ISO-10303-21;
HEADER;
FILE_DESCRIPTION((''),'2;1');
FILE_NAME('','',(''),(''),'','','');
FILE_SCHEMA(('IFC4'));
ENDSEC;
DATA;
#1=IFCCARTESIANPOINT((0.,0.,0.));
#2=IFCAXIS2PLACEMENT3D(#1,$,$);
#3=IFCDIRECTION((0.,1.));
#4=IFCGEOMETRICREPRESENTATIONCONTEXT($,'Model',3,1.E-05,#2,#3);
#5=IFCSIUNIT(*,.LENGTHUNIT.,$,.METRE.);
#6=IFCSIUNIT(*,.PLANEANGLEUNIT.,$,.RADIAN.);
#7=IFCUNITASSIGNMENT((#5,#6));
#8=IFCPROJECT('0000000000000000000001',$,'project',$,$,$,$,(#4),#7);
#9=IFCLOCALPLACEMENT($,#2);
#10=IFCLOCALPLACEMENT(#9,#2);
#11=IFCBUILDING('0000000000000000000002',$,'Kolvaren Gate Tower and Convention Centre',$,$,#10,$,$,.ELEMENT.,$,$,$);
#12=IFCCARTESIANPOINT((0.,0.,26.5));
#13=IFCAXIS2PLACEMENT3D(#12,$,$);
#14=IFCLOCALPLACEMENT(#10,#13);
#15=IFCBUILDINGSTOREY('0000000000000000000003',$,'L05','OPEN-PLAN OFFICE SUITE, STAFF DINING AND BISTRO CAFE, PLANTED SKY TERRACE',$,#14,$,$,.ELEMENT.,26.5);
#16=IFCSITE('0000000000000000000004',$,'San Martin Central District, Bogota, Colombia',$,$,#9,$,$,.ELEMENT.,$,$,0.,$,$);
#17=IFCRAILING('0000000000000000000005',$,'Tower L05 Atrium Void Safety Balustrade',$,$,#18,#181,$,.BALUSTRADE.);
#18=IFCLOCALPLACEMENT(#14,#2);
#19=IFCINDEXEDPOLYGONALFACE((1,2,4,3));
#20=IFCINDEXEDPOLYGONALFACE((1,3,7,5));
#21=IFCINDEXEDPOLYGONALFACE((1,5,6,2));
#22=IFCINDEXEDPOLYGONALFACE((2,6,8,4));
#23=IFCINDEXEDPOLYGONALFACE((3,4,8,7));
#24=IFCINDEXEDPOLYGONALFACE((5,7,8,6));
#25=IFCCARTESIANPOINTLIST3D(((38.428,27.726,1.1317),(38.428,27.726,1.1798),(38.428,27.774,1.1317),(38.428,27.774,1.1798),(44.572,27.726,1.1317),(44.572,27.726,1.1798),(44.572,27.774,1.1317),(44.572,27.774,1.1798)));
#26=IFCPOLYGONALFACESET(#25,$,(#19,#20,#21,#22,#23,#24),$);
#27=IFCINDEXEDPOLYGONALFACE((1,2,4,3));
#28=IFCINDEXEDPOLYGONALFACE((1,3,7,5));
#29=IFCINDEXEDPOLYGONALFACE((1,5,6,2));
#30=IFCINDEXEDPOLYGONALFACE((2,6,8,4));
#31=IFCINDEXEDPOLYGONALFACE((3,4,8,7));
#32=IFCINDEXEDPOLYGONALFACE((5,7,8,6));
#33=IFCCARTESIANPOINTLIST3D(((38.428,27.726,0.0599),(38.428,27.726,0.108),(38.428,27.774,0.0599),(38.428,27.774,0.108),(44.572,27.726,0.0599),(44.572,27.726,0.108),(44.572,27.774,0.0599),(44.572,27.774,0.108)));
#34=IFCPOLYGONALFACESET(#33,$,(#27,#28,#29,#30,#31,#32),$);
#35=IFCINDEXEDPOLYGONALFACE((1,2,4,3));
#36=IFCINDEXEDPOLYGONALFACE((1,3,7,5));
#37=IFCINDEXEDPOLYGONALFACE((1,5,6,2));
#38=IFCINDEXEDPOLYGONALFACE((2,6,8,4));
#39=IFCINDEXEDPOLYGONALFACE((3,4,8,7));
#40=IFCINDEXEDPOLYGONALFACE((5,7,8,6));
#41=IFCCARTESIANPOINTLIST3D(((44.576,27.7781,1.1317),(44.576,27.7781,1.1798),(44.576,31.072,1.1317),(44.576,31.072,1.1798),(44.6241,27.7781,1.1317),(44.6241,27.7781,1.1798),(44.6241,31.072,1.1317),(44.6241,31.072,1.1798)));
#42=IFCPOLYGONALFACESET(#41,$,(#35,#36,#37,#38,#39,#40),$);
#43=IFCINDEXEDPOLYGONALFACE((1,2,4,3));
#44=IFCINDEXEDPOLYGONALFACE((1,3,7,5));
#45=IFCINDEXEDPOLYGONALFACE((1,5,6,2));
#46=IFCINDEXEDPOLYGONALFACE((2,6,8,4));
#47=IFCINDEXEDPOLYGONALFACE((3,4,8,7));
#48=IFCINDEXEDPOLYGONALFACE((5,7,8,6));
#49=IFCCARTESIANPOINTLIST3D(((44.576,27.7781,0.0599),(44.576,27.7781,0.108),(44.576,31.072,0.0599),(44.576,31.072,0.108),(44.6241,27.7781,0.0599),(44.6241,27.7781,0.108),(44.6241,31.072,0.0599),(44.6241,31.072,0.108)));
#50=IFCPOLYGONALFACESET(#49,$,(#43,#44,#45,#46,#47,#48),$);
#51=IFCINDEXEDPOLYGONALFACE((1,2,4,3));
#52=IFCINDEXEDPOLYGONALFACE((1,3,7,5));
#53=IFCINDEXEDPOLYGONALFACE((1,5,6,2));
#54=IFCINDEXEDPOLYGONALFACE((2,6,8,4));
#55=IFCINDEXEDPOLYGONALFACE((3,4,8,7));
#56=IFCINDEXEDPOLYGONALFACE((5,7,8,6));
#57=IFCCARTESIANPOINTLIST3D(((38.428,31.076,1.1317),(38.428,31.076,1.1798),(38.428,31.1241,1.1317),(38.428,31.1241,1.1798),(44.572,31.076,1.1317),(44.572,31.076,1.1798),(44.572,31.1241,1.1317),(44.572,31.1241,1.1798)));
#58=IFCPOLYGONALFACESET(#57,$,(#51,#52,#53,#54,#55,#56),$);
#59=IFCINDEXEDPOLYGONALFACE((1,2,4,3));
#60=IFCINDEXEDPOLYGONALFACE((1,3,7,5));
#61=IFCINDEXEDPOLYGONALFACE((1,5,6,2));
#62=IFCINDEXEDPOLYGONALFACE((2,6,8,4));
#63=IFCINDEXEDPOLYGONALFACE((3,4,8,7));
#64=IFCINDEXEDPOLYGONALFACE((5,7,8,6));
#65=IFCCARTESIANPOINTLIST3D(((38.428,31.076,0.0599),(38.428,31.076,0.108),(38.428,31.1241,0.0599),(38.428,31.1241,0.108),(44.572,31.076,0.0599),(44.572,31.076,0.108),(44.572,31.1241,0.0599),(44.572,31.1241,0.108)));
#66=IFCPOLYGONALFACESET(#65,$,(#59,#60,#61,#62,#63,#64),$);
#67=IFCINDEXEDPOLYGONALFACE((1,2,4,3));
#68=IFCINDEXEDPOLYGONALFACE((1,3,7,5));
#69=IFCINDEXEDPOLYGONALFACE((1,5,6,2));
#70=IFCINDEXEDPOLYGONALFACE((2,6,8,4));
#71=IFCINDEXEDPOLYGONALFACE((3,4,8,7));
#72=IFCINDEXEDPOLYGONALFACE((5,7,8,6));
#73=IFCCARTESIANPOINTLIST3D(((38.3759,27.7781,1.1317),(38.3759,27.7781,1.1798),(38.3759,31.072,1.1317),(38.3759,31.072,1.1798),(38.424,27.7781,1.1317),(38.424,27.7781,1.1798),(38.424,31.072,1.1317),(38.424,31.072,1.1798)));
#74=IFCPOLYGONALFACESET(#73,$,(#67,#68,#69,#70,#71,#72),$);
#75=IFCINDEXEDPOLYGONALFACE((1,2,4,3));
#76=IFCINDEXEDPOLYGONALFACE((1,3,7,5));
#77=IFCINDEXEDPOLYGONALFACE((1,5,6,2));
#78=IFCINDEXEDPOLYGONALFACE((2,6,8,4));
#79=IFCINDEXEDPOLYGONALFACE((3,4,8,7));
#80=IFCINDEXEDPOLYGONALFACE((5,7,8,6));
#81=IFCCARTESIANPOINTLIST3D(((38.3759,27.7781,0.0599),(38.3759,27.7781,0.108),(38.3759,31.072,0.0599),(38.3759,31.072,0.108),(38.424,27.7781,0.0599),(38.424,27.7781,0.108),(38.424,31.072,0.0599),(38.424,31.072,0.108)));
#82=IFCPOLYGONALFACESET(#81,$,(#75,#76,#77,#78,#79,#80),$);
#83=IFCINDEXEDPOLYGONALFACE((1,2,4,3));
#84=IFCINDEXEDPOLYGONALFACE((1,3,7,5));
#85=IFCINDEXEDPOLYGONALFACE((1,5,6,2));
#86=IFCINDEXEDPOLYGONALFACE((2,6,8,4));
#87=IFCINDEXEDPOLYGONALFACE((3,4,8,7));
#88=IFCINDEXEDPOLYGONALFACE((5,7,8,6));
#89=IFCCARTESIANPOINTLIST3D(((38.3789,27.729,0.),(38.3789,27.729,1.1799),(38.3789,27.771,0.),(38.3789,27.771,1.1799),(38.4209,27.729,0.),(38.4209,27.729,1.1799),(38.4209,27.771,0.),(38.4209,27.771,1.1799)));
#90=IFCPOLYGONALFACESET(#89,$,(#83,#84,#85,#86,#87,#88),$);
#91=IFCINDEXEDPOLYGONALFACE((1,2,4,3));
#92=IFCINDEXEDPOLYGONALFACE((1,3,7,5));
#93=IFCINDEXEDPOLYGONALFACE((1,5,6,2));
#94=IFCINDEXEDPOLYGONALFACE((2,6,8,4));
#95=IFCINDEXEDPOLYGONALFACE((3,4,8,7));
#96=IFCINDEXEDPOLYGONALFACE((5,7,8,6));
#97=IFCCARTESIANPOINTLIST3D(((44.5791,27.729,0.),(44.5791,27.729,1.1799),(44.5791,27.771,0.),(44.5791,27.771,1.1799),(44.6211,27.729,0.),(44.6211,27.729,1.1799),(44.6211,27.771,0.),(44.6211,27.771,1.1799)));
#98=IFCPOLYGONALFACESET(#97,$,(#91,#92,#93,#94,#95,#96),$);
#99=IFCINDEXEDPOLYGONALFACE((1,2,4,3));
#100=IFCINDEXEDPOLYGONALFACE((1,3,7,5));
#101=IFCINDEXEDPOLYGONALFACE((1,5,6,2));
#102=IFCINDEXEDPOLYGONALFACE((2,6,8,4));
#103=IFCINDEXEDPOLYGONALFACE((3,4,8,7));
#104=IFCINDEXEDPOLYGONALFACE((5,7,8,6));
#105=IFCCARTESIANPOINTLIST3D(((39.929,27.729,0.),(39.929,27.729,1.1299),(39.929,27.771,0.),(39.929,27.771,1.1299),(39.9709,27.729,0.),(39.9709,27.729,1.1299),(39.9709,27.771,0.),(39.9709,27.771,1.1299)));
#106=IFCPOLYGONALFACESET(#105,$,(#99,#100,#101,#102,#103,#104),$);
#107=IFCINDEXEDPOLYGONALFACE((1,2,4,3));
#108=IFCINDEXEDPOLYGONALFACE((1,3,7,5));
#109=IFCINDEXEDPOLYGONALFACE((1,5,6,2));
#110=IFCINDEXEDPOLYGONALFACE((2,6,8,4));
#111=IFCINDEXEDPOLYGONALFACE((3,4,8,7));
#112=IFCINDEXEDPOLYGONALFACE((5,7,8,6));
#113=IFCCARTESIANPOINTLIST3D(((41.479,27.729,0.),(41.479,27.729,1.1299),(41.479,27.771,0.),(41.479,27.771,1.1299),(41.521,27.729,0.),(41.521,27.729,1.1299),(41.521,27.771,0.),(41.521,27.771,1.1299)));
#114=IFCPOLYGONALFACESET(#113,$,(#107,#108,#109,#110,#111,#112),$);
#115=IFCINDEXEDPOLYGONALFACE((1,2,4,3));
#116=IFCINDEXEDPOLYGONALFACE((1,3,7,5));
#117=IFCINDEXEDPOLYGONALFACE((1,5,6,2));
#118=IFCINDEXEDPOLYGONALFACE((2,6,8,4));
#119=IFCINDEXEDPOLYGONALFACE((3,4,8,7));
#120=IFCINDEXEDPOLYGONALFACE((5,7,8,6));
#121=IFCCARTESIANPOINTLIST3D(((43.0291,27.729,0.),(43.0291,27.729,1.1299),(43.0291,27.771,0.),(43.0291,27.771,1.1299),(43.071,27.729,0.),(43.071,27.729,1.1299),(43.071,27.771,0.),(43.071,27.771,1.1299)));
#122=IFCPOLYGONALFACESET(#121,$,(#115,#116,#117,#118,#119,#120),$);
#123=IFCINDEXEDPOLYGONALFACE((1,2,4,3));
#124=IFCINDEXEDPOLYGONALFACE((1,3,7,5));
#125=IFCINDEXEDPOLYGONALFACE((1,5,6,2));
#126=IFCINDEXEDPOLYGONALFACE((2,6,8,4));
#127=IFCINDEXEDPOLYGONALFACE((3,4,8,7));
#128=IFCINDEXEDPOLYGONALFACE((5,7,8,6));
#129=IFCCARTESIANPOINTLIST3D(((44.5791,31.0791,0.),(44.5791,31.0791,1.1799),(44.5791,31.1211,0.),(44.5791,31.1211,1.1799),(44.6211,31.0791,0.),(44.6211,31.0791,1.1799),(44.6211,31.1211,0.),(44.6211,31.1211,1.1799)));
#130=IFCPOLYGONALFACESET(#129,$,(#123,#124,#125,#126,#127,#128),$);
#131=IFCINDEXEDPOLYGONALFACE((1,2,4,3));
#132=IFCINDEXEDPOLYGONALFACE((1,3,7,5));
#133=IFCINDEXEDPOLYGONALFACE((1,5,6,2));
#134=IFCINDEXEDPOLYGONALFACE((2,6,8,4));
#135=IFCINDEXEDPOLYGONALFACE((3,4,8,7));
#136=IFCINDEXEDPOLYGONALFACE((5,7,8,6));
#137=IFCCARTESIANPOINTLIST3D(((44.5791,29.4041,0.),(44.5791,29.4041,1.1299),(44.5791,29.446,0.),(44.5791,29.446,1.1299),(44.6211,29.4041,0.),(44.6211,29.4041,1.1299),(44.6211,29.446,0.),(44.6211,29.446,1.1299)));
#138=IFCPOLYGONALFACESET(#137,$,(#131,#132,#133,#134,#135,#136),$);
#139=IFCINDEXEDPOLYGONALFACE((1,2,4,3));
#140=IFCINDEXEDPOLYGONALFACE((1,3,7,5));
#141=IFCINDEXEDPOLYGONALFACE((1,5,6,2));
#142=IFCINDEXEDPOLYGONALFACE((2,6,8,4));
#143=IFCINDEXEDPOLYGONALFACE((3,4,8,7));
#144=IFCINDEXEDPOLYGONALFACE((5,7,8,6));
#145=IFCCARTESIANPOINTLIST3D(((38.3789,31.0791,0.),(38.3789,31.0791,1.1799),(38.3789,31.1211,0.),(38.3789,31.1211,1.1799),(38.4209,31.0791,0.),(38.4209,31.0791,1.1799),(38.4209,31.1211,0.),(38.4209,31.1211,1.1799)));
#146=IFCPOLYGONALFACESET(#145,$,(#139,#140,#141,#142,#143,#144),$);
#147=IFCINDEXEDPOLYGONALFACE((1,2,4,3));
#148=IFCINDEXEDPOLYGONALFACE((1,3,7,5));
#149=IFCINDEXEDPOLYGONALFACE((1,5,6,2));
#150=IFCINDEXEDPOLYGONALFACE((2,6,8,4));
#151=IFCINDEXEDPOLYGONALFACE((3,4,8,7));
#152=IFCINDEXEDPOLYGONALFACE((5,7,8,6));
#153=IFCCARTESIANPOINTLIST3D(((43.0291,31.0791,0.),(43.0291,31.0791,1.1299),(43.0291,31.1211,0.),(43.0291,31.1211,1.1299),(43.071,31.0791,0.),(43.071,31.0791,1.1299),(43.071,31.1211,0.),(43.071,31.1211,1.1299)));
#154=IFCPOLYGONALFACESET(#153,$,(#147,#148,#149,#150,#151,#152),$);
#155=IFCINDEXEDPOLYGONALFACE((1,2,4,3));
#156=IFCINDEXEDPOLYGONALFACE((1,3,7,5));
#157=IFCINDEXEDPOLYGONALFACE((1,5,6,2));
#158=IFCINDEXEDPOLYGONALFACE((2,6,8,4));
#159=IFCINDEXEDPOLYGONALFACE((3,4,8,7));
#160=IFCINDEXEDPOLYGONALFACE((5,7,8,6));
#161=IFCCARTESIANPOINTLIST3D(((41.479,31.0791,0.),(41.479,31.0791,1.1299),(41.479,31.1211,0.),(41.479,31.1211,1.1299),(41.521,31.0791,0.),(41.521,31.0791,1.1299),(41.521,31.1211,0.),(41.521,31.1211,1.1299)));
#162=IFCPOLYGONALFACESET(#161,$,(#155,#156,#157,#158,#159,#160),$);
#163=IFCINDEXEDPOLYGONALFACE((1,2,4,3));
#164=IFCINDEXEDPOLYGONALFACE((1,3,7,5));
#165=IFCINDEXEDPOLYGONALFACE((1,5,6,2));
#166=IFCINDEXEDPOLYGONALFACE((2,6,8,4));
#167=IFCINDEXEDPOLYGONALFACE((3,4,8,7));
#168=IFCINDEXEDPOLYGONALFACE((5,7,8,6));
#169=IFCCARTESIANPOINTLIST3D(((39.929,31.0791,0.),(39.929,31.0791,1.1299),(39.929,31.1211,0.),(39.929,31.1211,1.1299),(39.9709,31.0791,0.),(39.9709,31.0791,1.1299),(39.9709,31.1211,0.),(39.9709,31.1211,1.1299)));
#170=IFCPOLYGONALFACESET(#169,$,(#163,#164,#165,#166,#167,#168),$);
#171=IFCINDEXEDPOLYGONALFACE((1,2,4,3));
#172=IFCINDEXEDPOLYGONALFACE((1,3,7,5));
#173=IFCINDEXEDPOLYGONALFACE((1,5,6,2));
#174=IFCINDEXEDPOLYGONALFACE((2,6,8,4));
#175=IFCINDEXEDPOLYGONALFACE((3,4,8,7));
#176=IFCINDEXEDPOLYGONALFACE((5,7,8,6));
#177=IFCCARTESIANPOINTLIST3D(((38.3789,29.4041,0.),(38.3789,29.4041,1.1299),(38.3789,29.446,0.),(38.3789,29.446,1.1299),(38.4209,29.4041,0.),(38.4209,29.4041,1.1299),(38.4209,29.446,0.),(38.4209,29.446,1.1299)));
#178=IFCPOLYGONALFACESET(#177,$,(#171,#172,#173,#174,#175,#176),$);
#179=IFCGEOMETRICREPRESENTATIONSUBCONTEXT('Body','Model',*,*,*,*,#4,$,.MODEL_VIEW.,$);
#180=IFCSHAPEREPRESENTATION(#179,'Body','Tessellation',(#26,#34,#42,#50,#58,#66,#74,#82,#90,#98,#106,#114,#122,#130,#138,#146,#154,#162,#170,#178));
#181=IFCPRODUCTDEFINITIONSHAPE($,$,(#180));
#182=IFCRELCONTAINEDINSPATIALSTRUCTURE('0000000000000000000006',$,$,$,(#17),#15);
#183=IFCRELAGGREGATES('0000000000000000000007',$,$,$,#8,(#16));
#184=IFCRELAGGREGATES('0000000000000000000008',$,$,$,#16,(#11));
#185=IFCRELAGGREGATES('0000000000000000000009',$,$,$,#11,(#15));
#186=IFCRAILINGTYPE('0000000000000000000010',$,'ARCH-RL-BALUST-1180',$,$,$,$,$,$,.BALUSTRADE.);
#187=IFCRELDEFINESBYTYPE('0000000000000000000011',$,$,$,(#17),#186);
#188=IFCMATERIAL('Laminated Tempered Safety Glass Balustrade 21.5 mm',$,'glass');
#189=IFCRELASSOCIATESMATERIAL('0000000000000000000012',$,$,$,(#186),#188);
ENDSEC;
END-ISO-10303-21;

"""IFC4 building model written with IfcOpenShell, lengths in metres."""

from ifc_helpers import new_model, si_unit, direction, frame, origin, origin_2d, place, context, subcontext, project, spatial, rectangle, extrude, material, type_object, element, save


model = new_model("IFC4")

# Units and contexts
model_context = context("Model", 3, precision=1e-05, world=origin(), true_north=direction((0.0, 1.0)))
body_context = subcontext(model_context, "Body", "Model", "MODEL_VIEW")
ifc_project = project(units=[si_unit("LENGTHUNIT", "METRE"), si_unit("PLANEANGLEUNIT", "RADIAN")], contexts=[model_context])

# Site, building, storey
site_placement = place(None, origin())
site = spatial("IfcSite", under=ifc_project, at=site_placement, Name="San Martin Central District, Bogota, Colombia", CompositionType="ELEMENT", RefElevation=0.0)
building_placement = place(site_placement, origin())
building = spatial("IfcBuilding", under=site, at=building_placement, Name="Kolvaren Gate Tower and Convention Centre", CompositionType="ELEMENT")
storey_placement = place(building_placement, frame((0.0, 0.0, 26.5)))
storey = spatial("IfcBuildingStorey", under=building, at=storey_placement, Name="L05", Description="OPEN-PLAN OFFICE SUITE, STAFF DINING AND BISTRO CAFE, PLANTED SKY TERRACE", CompositionType="ELEMENT", Elevation=26.5)

# Railing
ifc_material_1 = material(Name="Laminated Tempered Safety Glass Balustrade 21.5 mm", Category="glass")
railing_type = type_object("IfcRailingType", Name="ARCH-RL-BALUST-1180", PredefinedType="BALUSTRADE", material=ifc_material_1)
railing_placement = place(storey_placement, frame((38.3999, 27.75, 0.0)))
element("IfcRailing", 1, at=railing_placement, inside=storey, type_object=railing_type, Name="Tower L05 Atrium Void Safety Balustrade", PredefinedType="BALUSTRADE", context=body_context, shape_type="SweptSolid", body=[
    extrude(rectangle(XDim=0.0481, YDim=0.0481, at=origin_2d()), frame((0.0281, 0.0, 1.1558), z_axis=(1.0, 0.0, 0.0), x_axis=(0.0, 1.0, 0.0)), (0.0, 0.0, 1.0), 6.144),
    extrude(rectangle(XDim=0.0481, YDim=0.0481, at=origin_2d()), frame((0.0281, 0.0, 0.084), z_axis=(1.0, 0.0, 0.0), x_axis=(0.0, 1.0, 0.0)), (0.0, 0.0, 1.0), 6.144),
    extrude(rectangle(XDim=0.0481, YDim=0.0481, at=origin_2d()), frame((6.2002, 0.0281, 1.1558), z_axis=(0.0, 1.0, 0.0), x_axis=(-1.0, 0.0, 0.0)), (0.0, 0.0, 1.0), 3.2939),
    extrude(rectangle(XDim=0.0481, YDim=0.0481, at=origin_2d()), frame((6.2002, 0.0281, 0.084), z_axis=(0.0, 1.0, 0.0), x_axis=(-1.0, 0.0, 0.0)), (0.0, 0.0, 1.0), 3.2939),
    extrude(rectangle(XDim=0.0481, YDim=0.0481, at=origin_2d()), frame((6.1721, 3.3501, 1.1558), z_axis=(-1.0, 0.0, 0.0), x_axis=(0.0, -1.0, 0.0)), (0.0, 0.0, 1.0), 6.144),
    extrude(rectangle(XDim=0.0481, YDim=0.0481, at=origin_2d()), frame((6.1721, 3.3501, 0.084), z_axis=(-1.0, 0.0, 0.0), x_axis=(0.0, -1.0, 0.0)), (0.0, 0.0, 1.0), 6.144),
    extrude(rectangle(XDim=0.0481, YDim=0.0481, at=origin_2d()), frame((0.0, 3.322, 1.1558), z_axis=(0.0, -1.0, 0.0), x_axis=(1.0, 0.0, 0.0)), (0.0, 0.0, 1.0), 3.2939),
    extrude(rectangle(XDim=0.0481, YDim=0.0481, at=origin_2d()), frame((0.0, 3.322, 0.084), z_axis=(0.0, -1.0, 0.0), x_axis=(1.0, 0.0, 0.0)), (0.0, 0.0, 1.0), 3.2939),
    extrude(rectangle(XDim=0.042, YDim=0.042, at=origin_2d()), origin(), (0.0, 0.0, 1.0), 1.1799),
    extrude(rectangle(XDim=0.042, YDim=0.042, at=origin_2d()), frame((6.2002, 0.0, 0.0)), (0.0, 0.0, 1.0), 1.1799),
    extrude(rectangle(XDim=0.042, YDim=0.042, at=origin_2d()), frame((1.55, 0.0, 0.0)), (0.0, 0.0, 1.0), 1.1299),
    extrude(rectangle(XDim=0.042, YDim=0.042, at=origin_2d()), frame((3.1001, 0.0, 0.0)), (0.0, 0.0, 1.0), 1.1299),
    extrude(rectangle(XDim=0.042, YDim=0.042, at=origin_2d()), frame((4.6501, 0.0, 0.0)), (0.0, 0.0, 1.0), 1.1299),
    extrude(rectangle(XDim=0.042, YDim=0.042, at=origin_2d()), frame((6.2002, 3.3501, 0.0)), (0.0, 0.0, 1.0), 1.1799),
    extrude(rectangle(XDim=0.042, YDim=0.042, at=origin_2d()), frame((6.2002, 1.675, 0.0)), (0.0, 0.0, 1.0), 1.1299),
    extrude(rectangle(XDim=0.042, YDim=0.042, at=origin_2d()), frame((0.0, 3.3501, 0.0)), (0.0, 0.0, 1.0), 1.1799),
    extrude(rectangle(XDim=0.042, YDim=0.042, at=origin_2d()), frame((4.6501, 3.3501, 0.0)), (0.0, 0.0, 1.0), 1.1299),
    extrude(rectangle(XDim=0.042, YDim=0.042, at=origin_2d()), frame((3.1001, 3.3501, 0.0)), (0.0, 0.0, 1.0), 1.1299),
    extrude(rectangle(XDim=0.042, YDim=0.042, at=origin_2d()), frame((1.55, 3.3501, 0.0)), (0.0, 0.0, 1.0), 1.1299),
    extrude(rectangle(XDim=0.042, YDim=0.042, at=origin_2d()), frame((0.0, 1.675, 0.0)), (0.0, 0.0, 1.0), 1.1299),
])

save(model, "model.ifc")
